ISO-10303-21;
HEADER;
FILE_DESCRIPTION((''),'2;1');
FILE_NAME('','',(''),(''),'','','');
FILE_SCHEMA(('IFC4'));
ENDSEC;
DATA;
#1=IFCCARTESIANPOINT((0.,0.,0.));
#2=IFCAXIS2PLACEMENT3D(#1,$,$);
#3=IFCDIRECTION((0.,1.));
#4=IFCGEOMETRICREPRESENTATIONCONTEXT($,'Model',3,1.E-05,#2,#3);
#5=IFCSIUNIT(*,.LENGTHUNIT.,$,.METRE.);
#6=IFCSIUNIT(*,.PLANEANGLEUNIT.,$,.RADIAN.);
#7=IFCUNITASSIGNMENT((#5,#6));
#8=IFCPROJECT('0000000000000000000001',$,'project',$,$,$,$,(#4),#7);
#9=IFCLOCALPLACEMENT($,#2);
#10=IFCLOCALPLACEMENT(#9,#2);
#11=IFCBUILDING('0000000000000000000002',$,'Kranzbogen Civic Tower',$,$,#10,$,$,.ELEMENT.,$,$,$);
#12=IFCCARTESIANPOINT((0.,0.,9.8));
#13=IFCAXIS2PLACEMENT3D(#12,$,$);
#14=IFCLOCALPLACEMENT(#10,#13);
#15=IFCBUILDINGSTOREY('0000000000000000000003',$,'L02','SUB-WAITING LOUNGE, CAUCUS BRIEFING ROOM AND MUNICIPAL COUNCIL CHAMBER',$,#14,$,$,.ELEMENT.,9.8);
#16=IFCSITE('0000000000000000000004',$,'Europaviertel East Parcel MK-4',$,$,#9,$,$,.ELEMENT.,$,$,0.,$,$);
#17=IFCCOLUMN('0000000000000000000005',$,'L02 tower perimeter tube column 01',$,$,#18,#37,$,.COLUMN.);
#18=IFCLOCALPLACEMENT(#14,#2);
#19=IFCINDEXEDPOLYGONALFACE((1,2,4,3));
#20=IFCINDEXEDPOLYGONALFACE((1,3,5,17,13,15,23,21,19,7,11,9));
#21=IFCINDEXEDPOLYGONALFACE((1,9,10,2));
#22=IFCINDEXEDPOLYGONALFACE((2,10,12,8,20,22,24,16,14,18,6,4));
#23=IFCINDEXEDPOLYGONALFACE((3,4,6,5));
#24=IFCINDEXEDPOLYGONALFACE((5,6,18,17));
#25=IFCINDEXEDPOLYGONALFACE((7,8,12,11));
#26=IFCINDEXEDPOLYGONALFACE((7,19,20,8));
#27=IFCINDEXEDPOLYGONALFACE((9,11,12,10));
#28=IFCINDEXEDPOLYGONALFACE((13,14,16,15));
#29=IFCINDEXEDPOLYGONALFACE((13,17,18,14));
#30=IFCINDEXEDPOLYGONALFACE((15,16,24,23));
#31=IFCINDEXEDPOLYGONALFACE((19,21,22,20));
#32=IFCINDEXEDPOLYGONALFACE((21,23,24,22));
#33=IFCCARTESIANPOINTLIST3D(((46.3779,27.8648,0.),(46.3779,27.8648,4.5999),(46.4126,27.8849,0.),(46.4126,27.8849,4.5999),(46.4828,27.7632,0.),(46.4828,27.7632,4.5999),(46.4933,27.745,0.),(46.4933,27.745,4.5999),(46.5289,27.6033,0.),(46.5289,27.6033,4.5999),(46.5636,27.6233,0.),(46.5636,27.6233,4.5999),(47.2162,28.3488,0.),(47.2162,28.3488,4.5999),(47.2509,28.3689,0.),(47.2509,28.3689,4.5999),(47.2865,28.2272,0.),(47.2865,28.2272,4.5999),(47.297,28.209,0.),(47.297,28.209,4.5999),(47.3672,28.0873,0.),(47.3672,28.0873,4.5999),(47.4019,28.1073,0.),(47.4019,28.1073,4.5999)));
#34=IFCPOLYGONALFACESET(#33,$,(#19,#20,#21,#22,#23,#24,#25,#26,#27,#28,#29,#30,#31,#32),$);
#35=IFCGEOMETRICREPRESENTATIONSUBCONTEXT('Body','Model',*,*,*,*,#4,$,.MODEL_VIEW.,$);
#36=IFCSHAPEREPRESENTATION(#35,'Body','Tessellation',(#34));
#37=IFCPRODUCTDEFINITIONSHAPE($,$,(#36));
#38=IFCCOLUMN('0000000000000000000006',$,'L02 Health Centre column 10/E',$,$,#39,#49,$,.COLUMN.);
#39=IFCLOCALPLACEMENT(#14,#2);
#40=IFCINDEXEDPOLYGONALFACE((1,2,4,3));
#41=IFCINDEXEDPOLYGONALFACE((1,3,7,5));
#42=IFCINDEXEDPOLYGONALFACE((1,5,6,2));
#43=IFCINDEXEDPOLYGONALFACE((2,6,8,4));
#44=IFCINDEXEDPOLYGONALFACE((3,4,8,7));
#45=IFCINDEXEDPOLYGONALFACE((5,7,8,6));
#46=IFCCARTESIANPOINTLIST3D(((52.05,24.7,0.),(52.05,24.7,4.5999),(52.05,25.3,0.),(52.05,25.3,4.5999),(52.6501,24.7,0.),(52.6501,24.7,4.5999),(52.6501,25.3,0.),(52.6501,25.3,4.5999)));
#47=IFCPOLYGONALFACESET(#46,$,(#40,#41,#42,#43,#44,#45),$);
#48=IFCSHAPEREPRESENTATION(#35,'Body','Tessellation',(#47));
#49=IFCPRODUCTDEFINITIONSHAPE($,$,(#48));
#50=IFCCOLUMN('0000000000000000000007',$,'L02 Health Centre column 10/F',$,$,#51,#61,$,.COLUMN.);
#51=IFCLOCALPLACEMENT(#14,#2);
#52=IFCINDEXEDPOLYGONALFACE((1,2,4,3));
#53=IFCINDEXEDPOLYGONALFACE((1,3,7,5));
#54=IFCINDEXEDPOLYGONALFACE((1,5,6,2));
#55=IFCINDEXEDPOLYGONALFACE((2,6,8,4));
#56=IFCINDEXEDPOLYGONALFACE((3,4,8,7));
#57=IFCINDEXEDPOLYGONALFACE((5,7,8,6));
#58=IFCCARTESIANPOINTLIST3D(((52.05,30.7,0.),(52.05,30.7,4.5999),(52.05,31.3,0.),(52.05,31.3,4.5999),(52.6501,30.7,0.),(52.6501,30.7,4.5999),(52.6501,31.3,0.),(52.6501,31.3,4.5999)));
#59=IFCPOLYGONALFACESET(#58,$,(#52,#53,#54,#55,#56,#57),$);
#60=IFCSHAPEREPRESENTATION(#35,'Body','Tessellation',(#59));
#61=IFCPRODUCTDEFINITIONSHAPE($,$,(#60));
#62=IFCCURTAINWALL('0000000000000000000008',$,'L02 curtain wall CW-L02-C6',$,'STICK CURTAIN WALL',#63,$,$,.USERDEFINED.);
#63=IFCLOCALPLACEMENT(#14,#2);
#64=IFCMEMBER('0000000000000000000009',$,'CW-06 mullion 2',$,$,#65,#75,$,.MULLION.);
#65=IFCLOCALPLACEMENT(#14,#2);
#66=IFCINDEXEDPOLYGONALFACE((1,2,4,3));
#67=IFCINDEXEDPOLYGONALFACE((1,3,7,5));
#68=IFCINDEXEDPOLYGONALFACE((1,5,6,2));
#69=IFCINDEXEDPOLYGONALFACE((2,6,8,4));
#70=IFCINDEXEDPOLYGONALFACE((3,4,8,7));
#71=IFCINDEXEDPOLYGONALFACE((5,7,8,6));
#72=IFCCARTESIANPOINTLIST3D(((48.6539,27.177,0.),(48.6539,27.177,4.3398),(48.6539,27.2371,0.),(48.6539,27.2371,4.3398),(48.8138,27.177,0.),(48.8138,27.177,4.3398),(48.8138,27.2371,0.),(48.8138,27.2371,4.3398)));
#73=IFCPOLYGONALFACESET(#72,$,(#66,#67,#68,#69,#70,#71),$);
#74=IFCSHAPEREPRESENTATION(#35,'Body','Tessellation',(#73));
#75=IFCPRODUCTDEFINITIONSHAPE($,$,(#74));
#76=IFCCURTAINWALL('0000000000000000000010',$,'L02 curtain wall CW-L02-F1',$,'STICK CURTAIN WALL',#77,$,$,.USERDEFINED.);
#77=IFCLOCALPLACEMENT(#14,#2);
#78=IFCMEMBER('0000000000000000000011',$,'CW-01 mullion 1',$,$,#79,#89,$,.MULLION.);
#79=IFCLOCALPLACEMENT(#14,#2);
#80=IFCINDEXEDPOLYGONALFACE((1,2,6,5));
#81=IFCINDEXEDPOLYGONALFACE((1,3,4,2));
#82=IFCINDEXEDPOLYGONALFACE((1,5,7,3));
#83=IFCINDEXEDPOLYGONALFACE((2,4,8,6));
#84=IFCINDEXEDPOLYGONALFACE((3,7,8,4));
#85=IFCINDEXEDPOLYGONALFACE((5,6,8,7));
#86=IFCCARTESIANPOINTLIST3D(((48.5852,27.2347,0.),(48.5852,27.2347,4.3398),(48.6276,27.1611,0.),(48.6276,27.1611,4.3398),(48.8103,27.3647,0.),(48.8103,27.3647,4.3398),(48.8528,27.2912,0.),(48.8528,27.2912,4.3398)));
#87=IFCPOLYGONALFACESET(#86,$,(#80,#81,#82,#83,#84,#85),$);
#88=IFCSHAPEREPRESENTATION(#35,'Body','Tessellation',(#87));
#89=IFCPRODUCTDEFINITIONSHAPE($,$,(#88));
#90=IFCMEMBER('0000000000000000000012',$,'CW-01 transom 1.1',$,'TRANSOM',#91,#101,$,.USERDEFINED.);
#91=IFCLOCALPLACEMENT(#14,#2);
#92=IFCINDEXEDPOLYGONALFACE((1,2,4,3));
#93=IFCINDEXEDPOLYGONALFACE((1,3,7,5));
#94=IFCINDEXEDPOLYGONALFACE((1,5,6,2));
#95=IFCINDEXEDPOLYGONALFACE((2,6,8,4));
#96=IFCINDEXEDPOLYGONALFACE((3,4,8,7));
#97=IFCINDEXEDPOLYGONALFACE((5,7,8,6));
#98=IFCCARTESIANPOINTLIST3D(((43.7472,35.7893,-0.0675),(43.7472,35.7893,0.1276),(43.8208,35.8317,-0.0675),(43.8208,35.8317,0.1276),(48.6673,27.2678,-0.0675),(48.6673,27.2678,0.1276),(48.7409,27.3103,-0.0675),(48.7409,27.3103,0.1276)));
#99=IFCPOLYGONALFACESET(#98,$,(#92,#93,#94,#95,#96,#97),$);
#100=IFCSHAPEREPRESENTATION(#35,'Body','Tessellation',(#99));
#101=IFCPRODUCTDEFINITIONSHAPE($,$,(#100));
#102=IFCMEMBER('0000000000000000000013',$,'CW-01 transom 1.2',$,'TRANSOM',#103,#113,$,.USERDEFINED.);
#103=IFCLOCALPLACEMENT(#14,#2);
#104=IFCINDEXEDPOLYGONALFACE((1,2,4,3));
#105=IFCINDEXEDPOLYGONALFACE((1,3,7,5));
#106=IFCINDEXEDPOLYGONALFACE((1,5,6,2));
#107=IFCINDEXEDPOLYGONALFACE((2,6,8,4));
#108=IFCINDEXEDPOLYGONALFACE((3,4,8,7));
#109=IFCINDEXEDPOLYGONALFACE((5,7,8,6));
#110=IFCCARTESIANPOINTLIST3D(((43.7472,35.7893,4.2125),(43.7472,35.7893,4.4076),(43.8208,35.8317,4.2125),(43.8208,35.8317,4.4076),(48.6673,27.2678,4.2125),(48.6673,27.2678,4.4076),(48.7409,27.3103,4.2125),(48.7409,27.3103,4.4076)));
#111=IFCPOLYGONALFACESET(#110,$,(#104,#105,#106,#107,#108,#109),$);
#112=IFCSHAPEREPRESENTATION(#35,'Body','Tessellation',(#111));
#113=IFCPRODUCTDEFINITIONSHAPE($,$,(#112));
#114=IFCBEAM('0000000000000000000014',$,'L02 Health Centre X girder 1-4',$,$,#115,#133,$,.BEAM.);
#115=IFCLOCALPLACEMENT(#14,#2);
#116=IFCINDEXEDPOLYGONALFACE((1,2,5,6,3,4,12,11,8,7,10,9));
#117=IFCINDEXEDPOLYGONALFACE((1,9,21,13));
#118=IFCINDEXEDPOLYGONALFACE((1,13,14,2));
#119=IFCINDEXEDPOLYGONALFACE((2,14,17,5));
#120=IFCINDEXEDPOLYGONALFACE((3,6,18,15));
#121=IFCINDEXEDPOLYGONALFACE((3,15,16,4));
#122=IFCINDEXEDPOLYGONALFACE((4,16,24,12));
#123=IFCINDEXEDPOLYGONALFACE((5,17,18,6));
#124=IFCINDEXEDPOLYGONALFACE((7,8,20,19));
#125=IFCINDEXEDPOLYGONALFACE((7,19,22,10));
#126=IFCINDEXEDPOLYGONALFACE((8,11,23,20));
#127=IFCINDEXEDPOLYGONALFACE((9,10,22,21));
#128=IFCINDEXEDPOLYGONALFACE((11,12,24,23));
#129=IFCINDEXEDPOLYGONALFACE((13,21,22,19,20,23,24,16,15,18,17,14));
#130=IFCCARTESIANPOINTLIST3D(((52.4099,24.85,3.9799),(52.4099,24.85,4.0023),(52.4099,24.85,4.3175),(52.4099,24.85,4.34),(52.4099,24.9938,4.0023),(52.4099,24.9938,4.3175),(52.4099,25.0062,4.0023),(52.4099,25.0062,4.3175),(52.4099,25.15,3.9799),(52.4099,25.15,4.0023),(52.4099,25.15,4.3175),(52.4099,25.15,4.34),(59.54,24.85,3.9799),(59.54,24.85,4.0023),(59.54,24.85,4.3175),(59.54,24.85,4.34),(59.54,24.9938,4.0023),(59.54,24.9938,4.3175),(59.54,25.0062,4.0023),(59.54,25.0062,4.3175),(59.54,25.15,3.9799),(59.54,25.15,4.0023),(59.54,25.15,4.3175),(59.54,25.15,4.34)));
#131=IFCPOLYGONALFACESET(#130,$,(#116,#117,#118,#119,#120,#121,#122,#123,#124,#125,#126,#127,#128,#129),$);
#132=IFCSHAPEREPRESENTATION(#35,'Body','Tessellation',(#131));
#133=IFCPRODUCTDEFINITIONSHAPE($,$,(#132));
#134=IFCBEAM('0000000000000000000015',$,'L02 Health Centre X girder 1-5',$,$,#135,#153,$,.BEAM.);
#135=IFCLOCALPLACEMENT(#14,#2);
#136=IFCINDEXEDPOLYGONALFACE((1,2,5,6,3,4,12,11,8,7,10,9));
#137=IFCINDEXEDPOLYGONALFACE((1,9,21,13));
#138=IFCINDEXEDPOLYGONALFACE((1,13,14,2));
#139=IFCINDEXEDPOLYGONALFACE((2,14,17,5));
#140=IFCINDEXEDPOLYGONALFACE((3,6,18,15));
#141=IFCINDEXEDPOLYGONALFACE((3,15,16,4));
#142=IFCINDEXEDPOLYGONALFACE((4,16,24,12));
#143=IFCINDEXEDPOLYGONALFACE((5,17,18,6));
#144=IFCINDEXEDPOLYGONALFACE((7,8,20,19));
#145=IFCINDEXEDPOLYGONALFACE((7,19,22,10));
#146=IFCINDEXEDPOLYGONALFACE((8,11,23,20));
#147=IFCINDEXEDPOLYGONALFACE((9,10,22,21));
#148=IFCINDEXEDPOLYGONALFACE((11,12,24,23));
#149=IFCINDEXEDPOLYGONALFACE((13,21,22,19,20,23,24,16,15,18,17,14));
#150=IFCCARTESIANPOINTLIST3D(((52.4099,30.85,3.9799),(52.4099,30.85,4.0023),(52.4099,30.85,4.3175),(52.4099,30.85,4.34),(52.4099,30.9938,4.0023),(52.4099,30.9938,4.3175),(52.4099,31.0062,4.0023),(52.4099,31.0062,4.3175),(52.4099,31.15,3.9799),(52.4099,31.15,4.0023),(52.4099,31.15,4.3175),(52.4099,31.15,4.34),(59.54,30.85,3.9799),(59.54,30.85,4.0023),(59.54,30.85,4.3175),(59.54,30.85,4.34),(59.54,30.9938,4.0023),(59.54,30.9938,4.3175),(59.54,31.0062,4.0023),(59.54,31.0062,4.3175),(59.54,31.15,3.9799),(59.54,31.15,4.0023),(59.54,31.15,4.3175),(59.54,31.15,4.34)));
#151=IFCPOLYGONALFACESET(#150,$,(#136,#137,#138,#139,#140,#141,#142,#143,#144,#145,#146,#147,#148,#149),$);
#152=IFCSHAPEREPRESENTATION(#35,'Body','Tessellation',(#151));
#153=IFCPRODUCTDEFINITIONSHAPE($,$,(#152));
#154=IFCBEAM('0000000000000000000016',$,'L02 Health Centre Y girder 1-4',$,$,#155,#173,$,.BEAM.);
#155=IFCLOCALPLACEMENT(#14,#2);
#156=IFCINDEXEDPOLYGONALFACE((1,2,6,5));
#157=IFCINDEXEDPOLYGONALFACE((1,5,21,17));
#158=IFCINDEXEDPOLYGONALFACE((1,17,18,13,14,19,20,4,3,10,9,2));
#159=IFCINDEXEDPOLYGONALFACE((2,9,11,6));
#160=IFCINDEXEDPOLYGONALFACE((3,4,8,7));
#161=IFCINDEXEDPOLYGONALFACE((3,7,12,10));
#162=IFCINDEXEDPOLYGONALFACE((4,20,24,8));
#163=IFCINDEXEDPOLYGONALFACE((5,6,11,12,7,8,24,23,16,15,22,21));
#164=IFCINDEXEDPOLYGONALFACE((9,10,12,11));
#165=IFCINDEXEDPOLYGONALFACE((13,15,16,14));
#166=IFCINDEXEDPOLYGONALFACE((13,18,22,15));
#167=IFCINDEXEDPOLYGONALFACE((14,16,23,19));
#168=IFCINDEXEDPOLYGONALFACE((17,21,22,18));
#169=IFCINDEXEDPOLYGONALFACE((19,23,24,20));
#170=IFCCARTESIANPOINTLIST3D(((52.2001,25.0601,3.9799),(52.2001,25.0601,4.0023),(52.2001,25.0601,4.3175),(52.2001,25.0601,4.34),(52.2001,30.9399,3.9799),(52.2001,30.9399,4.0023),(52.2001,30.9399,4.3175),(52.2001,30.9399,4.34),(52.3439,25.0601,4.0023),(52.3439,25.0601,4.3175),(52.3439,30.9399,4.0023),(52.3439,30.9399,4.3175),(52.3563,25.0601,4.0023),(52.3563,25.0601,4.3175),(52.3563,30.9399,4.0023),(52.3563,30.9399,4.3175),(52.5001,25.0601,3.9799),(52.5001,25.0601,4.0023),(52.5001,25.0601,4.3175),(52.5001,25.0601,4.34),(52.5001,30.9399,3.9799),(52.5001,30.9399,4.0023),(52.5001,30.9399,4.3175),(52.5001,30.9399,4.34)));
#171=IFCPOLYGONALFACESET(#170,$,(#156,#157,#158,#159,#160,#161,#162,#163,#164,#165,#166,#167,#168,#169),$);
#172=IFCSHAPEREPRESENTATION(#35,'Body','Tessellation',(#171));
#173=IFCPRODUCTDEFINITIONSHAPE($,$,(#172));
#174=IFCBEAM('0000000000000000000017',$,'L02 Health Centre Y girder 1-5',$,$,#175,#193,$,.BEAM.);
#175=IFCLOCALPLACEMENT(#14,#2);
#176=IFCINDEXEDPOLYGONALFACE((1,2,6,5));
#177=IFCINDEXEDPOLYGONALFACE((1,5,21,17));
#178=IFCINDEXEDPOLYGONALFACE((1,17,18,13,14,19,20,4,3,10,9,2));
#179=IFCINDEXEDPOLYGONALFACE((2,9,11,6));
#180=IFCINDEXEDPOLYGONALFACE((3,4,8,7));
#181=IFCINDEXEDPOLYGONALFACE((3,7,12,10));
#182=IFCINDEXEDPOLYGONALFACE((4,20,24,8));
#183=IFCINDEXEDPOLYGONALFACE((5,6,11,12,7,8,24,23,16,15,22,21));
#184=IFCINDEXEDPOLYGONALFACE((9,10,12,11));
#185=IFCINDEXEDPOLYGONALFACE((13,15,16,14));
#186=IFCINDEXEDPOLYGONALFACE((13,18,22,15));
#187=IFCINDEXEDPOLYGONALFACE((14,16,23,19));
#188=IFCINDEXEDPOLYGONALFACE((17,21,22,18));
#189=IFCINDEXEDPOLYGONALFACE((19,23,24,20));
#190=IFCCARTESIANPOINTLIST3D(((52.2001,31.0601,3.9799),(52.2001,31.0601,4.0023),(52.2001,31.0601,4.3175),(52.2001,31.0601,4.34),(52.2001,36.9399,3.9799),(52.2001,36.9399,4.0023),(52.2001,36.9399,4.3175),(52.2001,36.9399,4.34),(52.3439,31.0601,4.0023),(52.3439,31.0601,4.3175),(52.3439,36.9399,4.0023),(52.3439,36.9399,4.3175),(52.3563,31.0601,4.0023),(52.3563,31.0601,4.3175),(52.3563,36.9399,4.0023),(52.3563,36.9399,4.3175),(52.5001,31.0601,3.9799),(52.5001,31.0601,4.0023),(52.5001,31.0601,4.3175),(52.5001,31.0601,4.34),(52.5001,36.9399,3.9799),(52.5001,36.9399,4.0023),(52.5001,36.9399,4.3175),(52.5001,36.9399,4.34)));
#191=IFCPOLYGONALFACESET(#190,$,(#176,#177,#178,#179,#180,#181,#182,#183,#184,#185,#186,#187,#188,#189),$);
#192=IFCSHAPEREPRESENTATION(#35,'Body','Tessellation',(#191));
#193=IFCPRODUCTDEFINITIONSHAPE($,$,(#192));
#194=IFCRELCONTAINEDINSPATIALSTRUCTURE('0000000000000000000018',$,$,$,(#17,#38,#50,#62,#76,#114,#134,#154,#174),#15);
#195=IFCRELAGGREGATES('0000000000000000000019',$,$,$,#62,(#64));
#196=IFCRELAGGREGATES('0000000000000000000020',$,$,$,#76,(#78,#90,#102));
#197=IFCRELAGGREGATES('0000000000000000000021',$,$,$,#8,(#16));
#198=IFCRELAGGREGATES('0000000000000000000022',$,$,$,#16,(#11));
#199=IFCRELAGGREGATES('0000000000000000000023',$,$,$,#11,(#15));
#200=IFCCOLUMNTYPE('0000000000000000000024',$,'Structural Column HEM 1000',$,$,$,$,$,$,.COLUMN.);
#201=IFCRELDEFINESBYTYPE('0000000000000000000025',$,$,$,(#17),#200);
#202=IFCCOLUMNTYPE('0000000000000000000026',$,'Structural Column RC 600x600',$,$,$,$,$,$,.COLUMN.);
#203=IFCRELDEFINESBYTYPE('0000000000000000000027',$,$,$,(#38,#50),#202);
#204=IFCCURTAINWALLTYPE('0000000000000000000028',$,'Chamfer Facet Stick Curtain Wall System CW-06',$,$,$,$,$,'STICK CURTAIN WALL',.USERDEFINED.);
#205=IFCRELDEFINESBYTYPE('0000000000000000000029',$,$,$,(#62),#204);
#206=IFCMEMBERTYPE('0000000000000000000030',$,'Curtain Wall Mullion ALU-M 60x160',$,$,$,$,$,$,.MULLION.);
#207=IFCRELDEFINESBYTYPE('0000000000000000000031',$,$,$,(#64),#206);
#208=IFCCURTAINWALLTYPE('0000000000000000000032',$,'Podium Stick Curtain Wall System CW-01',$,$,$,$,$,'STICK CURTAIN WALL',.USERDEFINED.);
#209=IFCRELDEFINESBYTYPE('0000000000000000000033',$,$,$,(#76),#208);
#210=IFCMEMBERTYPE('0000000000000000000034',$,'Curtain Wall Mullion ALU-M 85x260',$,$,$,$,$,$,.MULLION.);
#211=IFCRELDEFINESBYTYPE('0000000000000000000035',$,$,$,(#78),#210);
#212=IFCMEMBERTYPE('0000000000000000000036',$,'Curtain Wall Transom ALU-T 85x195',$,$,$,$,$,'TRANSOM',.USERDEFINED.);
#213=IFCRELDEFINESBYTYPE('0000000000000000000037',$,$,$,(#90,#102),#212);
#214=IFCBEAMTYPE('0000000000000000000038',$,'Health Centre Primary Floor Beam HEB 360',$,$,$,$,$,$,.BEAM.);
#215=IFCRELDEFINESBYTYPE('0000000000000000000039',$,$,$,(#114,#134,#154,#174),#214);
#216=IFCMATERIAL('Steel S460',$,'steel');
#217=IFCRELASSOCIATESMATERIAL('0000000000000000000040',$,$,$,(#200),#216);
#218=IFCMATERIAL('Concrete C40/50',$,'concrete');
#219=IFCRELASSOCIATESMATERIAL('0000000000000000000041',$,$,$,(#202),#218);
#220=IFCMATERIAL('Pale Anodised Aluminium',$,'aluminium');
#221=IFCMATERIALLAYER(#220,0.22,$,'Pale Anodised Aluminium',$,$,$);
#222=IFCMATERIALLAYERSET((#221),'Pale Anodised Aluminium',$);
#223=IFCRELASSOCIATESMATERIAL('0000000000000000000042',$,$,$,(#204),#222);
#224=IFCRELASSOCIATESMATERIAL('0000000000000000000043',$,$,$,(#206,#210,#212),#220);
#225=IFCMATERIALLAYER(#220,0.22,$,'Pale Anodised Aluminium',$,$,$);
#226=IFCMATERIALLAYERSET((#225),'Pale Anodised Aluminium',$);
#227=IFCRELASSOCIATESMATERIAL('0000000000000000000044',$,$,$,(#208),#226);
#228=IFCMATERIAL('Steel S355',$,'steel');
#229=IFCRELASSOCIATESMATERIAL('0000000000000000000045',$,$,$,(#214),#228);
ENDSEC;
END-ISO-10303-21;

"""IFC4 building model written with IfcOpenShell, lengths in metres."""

from ifc_helpers import new_model, si_unit, direction, frame, origin, origin_2d, place, context, subcontext, project, spatial, rectangle, i_section, extrude, material, layer, layer_set, material_profile, profile_set, type_object, element, aggregate, save


model = new_model("IFC4")

# Units and contexts
model_context = context("Model", 3, precision=1e-05, world=origin(), true_north=direction((0.0, 1.0)))
body_context = subcontext(model_context, "Body", "Model", "MODEL_VIEW")
ifc_project = project(units=[si_unit("LENGTHUNIT", "METRE"), si_unit("PLANEANGLEUNIT", "RADIAN")], contexts=[model_context])

# Site, building, storey
site_placement = place(None, origin())
site = spatial("IfcSite", under=ifc_project, at=site_placement, Name="Europaviertel East Parcel MK-4", CompositionType="ELEMENT", RefElevation=0.0)
building_placement = place(site_placement, origin())
building = spatial("IfcBuilding", under=site, at=building_placement, Name="Kranzbogen Civic Tower", CompositionType="ELEMENT")
storey_placement = place(building_placement, frame((0.0, 0.0, 9.8)))
storey = spatial("IfcBuildingStorey", under=building, at=storey_placement, Name="L02", Description="SUB-WAITING LOUNGE, CAUCUS BRIEFING ROOM AND MUNICIPAL COUNCIL CHAMBER", CompositionType="ELEMENT", Elevation=9.8)

# Columns
ifc_material_1 = material(Name="Steel S460", Category="steel")
ifc_material_profile_1 = material_profile(ifc_material_1, i_section(OverallWidth=0.302, OverallDepth=1.0081, WebThickness=0.021, FlangeThickness=0.04, at=origin_2d()), Name="HEM 1000")
ifc_profile_set_1 = profile_set([ifc_material_profile_1], Name="Steel S460")
column_type_1 = type_object("IfcColumnType", Name="Structural Column HEM 1000", PredefinedType="COLUMN", material=ifc_profile_set_1)
column_placement = place(storey_placement, frame((46.8899, 27.9861, 0.0), z_axis=(0.0, 0.0, 1.0), x_axis=(-0.5, 0.866025, 0.0)))
element("IfcColumn", 1, at=column_placement, inside=storey, type_object=column_type_1, Name="L02 tower perimeter tube column 01", PredefinedType="COLUMN", context=body_context, shape_type="SweptSolid", body=[
    extrude(i_section(OverallWidth=0.302, OverallDepth=1.0081, WebThickness=0.021, FlangeThickness=0.04, at=origin_2d()), origin(), (0.0, 0.0, 1.0), 4.5999),
])
ifc_material_2 = material(Name="Concrete C40/50", Category="concrete")
ifc_material_profile_2 = material_profile(ifc_material_2, rectangle(XDim=0.6001, YDim=0.6001, at=origin_2d()), Name="RC 600x600")
ifc_profile_set_2 = profile_set([ifc_material_profile_2], Name="Concrete C40/50")
column_type_2 = type_object("IfcColumnType", Name="Structural Column RC 600x600", PredefinedType="COLUMN", material=ifc_profile_set_2)
for number, where, z_axis, x_axis, name in (
    (2, (52.3501, 25.0, 0.0), (0.0, 0.0, 1.0), (1.0, 0.0, 0.0), "L02 Health Centre column 10/E"),
    (3, (52.3501, 31.0, 0.0), (0.0, 0.0, 1.0), (1.0, 0.0, 0.0), "L02 Health Centre column 10/F"),
):
    element("IfcColumn", number, at=place(storey_placement, frame(where, z_axis=z_axis, x_axis=x_axis)), inside=storey, type_object=column_type_2, Name=name, PredefinedType="COLUMN", context=body_context, shape_type="SweptSolid", body=[
        extrude(rectangle(XDim=0.6001, YDim=0.6001, at=origin_2d()), origin(), (0.0, 0.0, 1.0), 4.5999),
    ])

# Curtain wall, member
ifc_material_3 = material(Name="Pale Anodised Aluminium", Category="aluminium")
ifc_layer_1 = layer(ifc_material_3, 0.22, Name="Pale Anodised Aluminium")
ifc_layer_set_1 = layer_set([ifc_layer_1], Name="Pale Anodised Aluminium")
curtain_wall_type_1 = type_object("IfcCurtainWallType", Name="Chamfer Facet Stick Curtain Wall System CW-06", ElementType="STICK CURTAIN WALL", PredefinedType="USERDEFINED", material=ifc_layer_set_1)
curtain_wall_1_placement = place(storey_placement, origin())
curtain_wall_1 = element("IfcCurtainWall", 4, at=curtain_wall_1_placement, inside=storey, type_object=curtain_wall_type_1, Name="L02 curtain wall CW-L02-C6", ObjectType="STICK CURTAIN WALL", PredefinedType="USERDEFINED")
ifc_material_profile_3 = material_profile(ifc_material_3, rectangle(XDim=0.0601, YDim=0.1599, at=origin_2d()), Name="ALU-M 60x160")
ifc_profile_set_3 = profile_set([ifc_material_profile_3], Name="Pale Anodised Aluminium")
member_type_1 = type_object("IfcMemberType", Name="Curtain Wall Mullion ALU-M 60x160", PredefinedType="MULLION", material=ifc_profile_set_3)
member_1_placement = place(storey_placement, frame((48.7339, 27.207, 0.0), z_axis=(0.0, 0.0, 1.0), x_axis=(0.0, 1.0, 0.0)))
member_1 = element("IfcMember", 5, at=member_1_placement, type_object=member_type_1, Name="CW-06 mullion 2", PredefinedType="MULLION", context=body_context, shape_type="SweptSolid", body=[
    extrude(rectangle(XDim=0.0601, YDim=0.1599, at=origin_2d()), origin(), (0.0, 0.0, 1.0), 4.3398),
])

# Curtain wall, members
ifc_layer_2 = layer(ifc_material_3, 0.22, Name="Pale Anodised Aluminium")
ifc_layer_set_2 = layer_set([ifc_layer_2], Name="Pale Anodised Aluminium")
curtain_wall_type_2 = type_object("IfcCurtainWallType", Name="Podium Stick Curtain Wall System CW-01", ElementType="STICK CURTAIN WALL", PredefinedType="USERDEFINED", material=ifc_layer_set_2)
curtain_wall_2_placement = place(storey_placement, origin())
curtain_wall_2 = element("IfcCurtainWall", 6, at=curtain_wall_2_placement, inside=storey, type_object=curtain_wall_type_2, Name="L02 curtain wall CW-L02-F1", ObjectType="STICK CURTAIN WALL", PredefinedType="USERDEFINED")
ifc_material_profile_4 = material_profile(ifc_material_3, rectangle(XDim=0.085, YDim=0.26, at=origin_2d()), Name="ALU-M 85x260")
ifc_profile_set_4 = profile_set([ifc_material_profile_4], Name="Pale Anodised Aluminium")
member_type_2 = type_object("IfcMemberType", Name="Curtain Wall Mullion ALU-M 85x260", PredefinedType="MULLION", material=ifc_profile_set_4)
member_2_placement = place(storey_placement, frame((48.719, 27.2629, 0.0), z_axis=(0.0, 0.0, 1.0), x_axis=(-0.500006, 0.866022, 0.0)))
member_2 = element("IfcMember", 7, at=member_2_placement, type_object=member_type_2, Name="CW-01 mullion 1", PredefinedType="MULLION", context=body_context, shape_type="SweptSolid", body=[
    extrude(rectangle(XDim=0.085, YDim=0.26, at=origin_2d()), origin(), (0.0, 0.0, 1.0), 4.3398),
])
ifc_material_profile_5 = material_profile(ifc_material_3, rectangle(XDim=0.085, YDim=0.1951, at=origin_2d()), Name="ALU-T 85x195")
ifc_profile_set_5 = profile_set([ifc_material_profile_5], Name="Pale Anodised Aluminium")
member_type_3 = type_object("IfcMemberType", Name="Curtain Wall Transom ALU-T 85x195", ElementType="TRANSOM", PredefinedType="USERDEFINED", material=ifc_profile_set_5)
member_3_placement = place(storey_placement, frame((48.7041, 27.2891, 0.03), z_axis=(-0.500022, 0.866013, 0.0), x_axis=(-0.866013, -0.500022, 0.0)))
member_3 = element("IfcMember", 8, at=member_3_placement, type_object=member_type_3, Name="CW-01 transom 1.1", ObjectType="TRANSOM", PredefinedType="USERDEFINED", context=body_context, shape_type="SweptSolid", body=[
    extrude(rectangle(XDim=0.085, YDim=0.1951, at=origin_2d()), origin(), (0.0, 0.0, 1.0), 9.8398),
])
member_4_placement = place(storey_placement, frame((48.7041, 27.2891, 4.3101), z_axis=(-0.500022, 0.866013, 0.0), x_axis=(-0.866013, -0.500022, 0.0)))
member_4 = element("IfcMember", 9, at=member_4_placement, type_object=member_type_3, Name="CW-01 transom 1.2", ObjectType="TRANSOM", PredefinedType="USERDEFINED", context=body_context, shape_type="SweptSolid", body=[
    extrude(rectangle(XDim=0.085, YDim=0.1951, at=origin_2d()), origin(), (0.0, 0.0, 1.0), 9.8398),
])

# Beams
ifc_material_4 = material(Name="Steel S355", Category="steel")
ifc_material_profile_6 = material_profile(ifc_material_4, i_section(OverallWidth=0.3, OverallDepth=0.3601, WebThickness=0.0125, FlangeThickness=0.0225, at=origin_2d()), Name="HEB 360")
ifc_profile_set_6 = profile_set([ifc_material_profile_6], Name="Steel S355")
beam_type_1 = type_object("IfcBeamType", Name="Health Centre Primary Floor Beam HEB 360", PredefinedType="BEAM", material=ifc_profile_set_6)
for number, where, z_axis, x_axis, name in (
    (10, (52.4099, 25.0, 4.1599), (1.0, 0.0, 0.0), (0.0, 1.0, 0.0), "L02 Health Centre X girder 1-4"),
    (11, (52.4099, 31.0, 4.1599), (1.0, 0.0, 0.0), (0.0, 1.0, 0.0), "L02 Health Centre X girder 1-5"),
):
    element("IfcBeam", number, at=place(storey_placement, frame(where, z_axis=z_axis, x_axis=x_axis)), inside=storey, type_object=beam_type_1, Name=name, PredefinedType="BEAM", context=body_context, shape_type="SweptSolid", body=[
        extrude(i_section(OverallWidth=0.3, OverallDepth=0.3601, WebThickness=0.0125, FlangeThickness=0.0225, at=origin_2d()), origin(), (0.0, 0.0, 1.0), 7.1301),
    ])
for number, where, z_axis, x_axis, name in (
    (12, (52.3501, 25.0601, 4.1599), (0.0, 1.0, 0.0), (-1.0, 0.0, 0.0), "L02 Health Centre Y girder 1-4"),
    (13, (52.3501, 31.0601, 4.1599), (0.0, 1.0, 0.0), (-1.0, 0.0, 0.0), "L02 Health Centre Y girder 1-5"),
):
    element("IfcBeam", number, at=place(storey_placement, frame(where, z_axis=z_axis, x_axis=x_axis)), inside=storey, type_object=beam_type_1, Name=name, PredefinedType="BEAM", context=body_context, shape_type="SweptSolid", body=[
        extrude(i_section(OverallWidth=0.3, OverallDepth=0.3601, WebThickness=0.0125, FlangeThickness=0.0225, at=origin_2d()), origin(), (0.0, 0.0, 1.0), 5.8799),
    ])

aggregate(curtain_wall_1, [member_1])
aggregate(curtain_wall_2, [member_2, member_3, member_4])

save(model, "model.ifc")
